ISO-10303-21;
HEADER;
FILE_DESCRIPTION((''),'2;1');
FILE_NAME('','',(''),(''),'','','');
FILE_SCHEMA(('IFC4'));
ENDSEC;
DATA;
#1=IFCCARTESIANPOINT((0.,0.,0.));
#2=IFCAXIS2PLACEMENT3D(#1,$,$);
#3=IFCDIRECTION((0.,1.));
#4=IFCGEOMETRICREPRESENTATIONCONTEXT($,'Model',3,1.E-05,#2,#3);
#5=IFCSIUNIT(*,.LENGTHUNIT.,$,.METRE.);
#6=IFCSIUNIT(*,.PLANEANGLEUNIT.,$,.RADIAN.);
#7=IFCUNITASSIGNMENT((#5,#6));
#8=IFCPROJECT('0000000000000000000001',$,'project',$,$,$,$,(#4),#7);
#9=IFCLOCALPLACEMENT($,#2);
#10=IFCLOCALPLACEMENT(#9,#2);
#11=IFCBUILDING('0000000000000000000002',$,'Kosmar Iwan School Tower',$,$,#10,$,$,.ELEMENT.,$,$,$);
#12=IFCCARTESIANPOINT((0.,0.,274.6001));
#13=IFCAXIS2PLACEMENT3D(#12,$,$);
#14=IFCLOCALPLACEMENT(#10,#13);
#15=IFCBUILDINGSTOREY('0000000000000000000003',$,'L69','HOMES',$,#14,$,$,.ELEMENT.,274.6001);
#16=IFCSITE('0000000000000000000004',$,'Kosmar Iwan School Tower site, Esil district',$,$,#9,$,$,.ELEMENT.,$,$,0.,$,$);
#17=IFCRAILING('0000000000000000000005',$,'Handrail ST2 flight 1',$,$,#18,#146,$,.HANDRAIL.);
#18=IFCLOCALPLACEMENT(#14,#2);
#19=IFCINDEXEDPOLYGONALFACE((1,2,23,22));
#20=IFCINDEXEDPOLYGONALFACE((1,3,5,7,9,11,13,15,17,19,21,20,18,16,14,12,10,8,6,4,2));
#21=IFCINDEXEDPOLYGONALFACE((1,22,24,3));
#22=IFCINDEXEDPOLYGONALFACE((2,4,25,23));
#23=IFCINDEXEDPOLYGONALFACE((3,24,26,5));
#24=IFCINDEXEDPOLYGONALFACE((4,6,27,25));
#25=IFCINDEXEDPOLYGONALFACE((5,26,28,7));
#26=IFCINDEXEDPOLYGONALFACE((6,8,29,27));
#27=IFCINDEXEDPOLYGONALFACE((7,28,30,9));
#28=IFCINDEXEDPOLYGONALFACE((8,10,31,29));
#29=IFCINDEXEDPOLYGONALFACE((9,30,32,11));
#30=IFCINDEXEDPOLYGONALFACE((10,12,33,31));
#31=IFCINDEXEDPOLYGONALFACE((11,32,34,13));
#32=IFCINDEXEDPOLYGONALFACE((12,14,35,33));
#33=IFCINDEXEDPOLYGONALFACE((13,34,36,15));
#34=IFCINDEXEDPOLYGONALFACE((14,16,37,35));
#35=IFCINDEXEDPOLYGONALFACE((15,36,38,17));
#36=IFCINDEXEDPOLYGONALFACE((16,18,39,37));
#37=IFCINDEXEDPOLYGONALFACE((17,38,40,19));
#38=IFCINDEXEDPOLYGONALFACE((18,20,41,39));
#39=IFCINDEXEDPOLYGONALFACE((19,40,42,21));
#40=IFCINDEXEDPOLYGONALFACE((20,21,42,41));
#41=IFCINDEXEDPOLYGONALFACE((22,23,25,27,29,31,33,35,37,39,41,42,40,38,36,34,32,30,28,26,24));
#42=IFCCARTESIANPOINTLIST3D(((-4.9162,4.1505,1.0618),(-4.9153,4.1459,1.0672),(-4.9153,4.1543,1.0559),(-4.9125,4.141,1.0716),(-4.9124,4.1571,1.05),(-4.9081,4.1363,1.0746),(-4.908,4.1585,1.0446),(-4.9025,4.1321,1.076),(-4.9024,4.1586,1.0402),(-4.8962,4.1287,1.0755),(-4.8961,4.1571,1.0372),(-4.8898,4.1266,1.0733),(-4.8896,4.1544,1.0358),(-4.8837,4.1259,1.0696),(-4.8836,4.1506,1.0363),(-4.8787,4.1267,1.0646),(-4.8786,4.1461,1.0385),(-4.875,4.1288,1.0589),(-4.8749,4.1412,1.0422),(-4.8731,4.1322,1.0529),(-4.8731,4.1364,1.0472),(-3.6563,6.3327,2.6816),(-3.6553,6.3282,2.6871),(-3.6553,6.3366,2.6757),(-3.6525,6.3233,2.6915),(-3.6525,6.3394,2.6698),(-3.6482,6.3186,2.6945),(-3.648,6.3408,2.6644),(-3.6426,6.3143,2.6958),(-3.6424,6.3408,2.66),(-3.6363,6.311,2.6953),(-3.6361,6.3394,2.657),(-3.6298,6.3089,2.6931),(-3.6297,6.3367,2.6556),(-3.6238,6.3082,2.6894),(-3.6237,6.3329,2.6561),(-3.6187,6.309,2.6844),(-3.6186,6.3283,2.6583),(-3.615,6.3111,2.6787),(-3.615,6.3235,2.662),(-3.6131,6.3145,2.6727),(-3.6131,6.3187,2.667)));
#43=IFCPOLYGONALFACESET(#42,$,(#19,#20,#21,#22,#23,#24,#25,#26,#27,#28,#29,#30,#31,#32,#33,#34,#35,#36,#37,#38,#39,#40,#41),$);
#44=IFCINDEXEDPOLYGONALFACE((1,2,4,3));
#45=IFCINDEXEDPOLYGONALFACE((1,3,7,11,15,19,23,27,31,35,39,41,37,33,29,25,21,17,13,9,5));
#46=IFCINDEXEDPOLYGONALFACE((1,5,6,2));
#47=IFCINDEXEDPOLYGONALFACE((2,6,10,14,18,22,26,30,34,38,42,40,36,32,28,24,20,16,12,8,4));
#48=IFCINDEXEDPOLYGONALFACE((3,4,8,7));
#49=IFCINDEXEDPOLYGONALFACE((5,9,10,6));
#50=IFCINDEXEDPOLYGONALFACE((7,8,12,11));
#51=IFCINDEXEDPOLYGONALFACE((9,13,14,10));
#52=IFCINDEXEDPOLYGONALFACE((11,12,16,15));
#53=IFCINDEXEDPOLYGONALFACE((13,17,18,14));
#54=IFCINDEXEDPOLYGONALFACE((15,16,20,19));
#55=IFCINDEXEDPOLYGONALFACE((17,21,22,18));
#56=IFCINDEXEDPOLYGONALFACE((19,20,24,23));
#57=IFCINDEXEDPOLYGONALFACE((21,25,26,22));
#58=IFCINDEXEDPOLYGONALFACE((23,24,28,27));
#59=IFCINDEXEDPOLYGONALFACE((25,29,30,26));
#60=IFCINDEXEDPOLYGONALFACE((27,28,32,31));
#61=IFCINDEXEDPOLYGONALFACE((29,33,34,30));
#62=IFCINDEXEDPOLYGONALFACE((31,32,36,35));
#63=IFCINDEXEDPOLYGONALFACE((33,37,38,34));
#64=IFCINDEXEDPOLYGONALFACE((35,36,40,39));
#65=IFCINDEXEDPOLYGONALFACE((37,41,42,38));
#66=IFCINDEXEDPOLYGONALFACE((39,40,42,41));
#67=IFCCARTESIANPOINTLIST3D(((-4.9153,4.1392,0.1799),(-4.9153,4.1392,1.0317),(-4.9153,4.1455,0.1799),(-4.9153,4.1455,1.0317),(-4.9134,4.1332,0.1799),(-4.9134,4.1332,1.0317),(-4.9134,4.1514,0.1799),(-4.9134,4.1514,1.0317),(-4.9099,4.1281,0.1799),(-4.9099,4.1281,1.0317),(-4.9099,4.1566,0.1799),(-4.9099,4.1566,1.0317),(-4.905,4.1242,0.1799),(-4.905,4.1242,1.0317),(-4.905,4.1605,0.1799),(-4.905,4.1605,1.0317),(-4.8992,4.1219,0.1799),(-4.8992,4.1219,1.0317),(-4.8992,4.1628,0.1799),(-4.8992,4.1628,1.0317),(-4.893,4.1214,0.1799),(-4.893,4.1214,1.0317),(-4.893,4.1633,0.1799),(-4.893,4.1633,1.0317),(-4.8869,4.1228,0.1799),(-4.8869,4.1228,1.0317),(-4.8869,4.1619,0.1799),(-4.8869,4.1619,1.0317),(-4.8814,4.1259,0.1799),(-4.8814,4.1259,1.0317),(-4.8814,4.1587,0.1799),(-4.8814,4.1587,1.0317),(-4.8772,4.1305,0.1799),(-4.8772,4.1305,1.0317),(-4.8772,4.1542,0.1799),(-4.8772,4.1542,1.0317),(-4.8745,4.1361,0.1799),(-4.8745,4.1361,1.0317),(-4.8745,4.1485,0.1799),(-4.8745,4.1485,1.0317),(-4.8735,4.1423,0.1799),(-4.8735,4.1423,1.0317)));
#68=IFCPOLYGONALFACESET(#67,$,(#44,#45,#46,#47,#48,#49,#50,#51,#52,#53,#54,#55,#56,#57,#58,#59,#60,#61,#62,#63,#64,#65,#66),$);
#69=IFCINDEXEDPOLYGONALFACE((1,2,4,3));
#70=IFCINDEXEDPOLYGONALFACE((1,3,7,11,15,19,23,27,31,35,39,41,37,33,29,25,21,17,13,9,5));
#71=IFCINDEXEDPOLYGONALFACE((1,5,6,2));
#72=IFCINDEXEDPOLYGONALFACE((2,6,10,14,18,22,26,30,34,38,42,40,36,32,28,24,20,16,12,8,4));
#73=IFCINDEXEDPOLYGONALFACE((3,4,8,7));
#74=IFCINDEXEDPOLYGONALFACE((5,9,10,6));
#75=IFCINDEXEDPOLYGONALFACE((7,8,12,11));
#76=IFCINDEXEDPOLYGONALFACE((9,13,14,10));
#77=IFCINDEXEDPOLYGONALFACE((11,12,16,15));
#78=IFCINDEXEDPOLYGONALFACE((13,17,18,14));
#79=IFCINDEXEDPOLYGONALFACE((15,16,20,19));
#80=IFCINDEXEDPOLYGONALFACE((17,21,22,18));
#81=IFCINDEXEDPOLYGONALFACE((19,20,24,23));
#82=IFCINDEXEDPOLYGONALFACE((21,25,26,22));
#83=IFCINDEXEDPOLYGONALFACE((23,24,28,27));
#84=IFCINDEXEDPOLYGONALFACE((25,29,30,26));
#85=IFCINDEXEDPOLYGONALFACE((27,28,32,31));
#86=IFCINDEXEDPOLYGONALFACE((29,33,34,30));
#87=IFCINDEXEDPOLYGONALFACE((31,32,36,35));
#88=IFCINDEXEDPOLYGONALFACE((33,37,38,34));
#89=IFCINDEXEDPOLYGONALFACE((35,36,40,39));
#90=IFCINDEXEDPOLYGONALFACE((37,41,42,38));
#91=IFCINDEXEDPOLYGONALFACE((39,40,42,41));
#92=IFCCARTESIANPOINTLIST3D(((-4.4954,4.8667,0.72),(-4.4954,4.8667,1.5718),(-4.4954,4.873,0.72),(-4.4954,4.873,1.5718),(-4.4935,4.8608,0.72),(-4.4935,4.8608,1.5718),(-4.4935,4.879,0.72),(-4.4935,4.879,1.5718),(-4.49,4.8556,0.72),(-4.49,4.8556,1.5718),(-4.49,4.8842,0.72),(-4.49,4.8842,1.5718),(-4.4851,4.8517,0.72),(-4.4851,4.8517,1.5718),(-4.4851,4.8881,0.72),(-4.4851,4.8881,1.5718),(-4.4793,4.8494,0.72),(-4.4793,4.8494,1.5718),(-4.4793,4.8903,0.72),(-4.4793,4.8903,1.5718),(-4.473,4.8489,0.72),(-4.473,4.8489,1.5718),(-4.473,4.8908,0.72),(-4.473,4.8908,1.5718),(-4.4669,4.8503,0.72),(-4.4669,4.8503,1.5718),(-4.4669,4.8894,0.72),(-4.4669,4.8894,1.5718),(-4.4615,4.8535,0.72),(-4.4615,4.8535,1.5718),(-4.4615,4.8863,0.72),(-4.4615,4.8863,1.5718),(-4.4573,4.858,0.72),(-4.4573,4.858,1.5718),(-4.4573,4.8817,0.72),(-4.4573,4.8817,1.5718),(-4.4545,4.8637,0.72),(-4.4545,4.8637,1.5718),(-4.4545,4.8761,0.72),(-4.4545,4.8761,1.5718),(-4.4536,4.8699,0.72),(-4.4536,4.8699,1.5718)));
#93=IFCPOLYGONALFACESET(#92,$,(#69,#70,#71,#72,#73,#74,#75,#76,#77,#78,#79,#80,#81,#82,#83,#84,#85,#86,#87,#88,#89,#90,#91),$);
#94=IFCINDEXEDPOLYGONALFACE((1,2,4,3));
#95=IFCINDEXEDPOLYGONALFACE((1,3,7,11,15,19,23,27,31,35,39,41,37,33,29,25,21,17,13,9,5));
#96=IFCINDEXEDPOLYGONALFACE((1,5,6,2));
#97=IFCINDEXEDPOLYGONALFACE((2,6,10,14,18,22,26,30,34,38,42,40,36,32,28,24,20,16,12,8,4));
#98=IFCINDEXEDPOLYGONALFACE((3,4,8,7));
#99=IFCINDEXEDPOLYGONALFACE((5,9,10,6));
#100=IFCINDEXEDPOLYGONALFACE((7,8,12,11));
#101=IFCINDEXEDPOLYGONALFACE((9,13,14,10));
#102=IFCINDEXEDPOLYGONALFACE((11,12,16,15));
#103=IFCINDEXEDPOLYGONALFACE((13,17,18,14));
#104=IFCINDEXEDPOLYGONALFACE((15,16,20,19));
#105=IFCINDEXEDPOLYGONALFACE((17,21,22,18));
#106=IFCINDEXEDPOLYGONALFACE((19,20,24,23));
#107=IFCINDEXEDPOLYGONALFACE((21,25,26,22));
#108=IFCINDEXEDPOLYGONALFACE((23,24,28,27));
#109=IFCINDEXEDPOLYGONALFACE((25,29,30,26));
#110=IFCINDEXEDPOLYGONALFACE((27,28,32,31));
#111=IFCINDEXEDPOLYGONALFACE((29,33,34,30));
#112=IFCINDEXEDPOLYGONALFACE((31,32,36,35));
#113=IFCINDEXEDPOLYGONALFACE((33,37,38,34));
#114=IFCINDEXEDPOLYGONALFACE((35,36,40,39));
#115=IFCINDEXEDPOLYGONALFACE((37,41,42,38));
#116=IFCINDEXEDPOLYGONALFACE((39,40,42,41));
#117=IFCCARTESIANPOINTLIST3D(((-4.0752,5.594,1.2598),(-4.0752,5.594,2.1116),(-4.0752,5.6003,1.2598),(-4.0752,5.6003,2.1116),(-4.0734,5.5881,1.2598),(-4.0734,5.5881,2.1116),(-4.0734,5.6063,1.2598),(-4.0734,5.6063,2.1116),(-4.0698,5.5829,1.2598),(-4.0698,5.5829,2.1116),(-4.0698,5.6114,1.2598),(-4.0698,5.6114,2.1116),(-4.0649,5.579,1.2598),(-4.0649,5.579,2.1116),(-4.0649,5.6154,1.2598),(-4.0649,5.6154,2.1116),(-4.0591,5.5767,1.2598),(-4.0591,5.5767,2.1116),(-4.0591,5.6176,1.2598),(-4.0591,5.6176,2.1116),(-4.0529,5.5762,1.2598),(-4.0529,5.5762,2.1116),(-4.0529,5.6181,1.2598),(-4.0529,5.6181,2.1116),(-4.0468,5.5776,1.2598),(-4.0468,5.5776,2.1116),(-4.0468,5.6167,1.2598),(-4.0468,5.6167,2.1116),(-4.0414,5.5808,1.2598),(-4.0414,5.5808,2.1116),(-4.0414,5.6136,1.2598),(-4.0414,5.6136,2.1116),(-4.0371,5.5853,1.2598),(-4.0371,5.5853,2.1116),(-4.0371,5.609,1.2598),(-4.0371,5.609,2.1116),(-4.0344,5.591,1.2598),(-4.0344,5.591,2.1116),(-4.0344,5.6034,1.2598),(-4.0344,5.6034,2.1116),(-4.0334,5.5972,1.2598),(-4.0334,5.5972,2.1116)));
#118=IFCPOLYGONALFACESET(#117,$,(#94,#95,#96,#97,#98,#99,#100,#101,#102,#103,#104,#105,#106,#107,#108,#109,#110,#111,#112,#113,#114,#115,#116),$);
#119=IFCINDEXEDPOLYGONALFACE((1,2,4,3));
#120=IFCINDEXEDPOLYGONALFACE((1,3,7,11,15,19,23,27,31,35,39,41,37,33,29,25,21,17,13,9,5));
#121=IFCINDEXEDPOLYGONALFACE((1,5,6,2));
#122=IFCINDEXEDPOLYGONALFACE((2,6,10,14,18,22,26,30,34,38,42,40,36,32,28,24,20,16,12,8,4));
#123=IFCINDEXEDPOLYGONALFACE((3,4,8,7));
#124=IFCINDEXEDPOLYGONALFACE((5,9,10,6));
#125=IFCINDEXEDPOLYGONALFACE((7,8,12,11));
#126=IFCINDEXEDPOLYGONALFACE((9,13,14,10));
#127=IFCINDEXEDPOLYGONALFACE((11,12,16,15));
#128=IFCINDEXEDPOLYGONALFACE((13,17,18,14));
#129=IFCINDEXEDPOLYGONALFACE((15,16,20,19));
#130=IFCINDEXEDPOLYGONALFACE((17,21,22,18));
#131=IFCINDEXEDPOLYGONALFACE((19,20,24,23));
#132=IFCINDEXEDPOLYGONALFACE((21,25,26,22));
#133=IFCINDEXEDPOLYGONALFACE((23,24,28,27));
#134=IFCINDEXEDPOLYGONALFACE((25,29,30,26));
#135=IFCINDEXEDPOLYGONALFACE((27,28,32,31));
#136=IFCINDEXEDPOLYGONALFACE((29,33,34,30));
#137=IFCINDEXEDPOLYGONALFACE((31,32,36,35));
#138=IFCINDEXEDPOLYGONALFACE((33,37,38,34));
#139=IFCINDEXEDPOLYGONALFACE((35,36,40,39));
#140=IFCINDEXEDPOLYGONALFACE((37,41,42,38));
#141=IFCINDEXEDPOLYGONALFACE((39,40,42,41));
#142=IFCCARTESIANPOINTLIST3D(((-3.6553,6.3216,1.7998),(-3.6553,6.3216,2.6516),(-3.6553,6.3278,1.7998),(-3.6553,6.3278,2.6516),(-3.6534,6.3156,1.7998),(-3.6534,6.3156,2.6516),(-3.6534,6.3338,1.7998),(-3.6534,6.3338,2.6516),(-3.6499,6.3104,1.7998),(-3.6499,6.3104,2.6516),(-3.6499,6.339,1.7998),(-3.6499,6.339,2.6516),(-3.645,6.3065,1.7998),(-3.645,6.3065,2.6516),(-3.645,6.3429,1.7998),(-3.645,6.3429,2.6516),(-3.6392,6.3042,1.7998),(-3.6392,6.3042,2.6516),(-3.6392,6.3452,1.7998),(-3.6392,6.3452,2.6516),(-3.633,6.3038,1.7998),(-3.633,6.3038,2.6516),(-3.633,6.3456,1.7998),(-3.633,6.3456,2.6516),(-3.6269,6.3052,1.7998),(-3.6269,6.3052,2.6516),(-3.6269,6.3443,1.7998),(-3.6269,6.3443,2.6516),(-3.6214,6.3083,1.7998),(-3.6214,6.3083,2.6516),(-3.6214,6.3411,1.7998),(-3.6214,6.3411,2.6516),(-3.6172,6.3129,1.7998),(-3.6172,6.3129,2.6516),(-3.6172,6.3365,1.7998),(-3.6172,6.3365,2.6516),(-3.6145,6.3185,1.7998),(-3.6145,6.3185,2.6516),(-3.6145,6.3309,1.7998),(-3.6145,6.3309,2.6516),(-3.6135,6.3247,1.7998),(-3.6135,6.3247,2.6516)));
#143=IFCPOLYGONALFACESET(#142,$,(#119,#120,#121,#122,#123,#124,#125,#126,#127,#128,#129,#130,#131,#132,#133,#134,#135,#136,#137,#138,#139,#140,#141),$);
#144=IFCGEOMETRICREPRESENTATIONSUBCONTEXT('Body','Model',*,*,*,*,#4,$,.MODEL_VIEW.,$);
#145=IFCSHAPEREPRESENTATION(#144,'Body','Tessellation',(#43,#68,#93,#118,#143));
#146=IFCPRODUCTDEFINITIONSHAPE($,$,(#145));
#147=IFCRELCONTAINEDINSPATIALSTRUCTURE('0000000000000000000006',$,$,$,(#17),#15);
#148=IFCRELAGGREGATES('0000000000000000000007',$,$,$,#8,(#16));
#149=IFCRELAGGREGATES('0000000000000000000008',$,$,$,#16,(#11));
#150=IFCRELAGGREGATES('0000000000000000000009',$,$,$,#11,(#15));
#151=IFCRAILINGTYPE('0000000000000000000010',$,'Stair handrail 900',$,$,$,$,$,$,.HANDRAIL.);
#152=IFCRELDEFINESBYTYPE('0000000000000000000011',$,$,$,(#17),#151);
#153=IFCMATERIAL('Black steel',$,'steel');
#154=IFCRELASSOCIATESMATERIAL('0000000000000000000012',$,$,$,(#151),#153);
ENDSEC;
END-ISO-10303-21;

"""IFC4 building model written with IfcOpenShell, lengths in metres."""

from ifc_helpers import new_model, si_unit, direction, frame, origin, origin_2d, place, context, subcontext, project, spatial, circle, extrude, material, type_object, element, save


model = new_model("IFC4")

# Units and contexts
model_context = context("Model", 3, precision=1e-05, world=origin(), true_north=direction((0.0, 1.0)))
body_context = subcontext(model_context, "Body", "Model", "MODEL_VIEW")
ifc_project = project(units=[si_unit("LENGTHUNIT", "METRE"), si_unit("PLANEANGLEUNIT", "RADIAN")], contexts=[model_context])

# Site, building, storey
site_placement = place(None, origin())
site = spatial("IfcSite", under=ifc_project, at=site_placement, Name="Kosmar Iwan School Tower site, Esil district", CompositionType="ELEMENT", RefElevation=0.0)
building_placement = place(site_placement, origin())
building = spatial("IfcBuilding", under=site, at=building_placement, Name="Kosmar Iwan School Tower", CompositionType="ELEMENT")
storey_placement = place(building_placement, frame((0.0, 0.0, 274.6001)))
storey = spatial("IfcBuildingStorey", under=building, at=storey_placement, Name="L69", Description="HOMES", CompositionType="ELEMENT", Elevation=274.6001)

# Railing
ifc_material_1 = material(Name="Black steel", Category="steel")
railing_type = type_object("IfcRailingType", Name="Stair handrail 900", PredefinedType="HANDRAIL", material=ifc_material_1)
railing_1_placement = place(storey_placement, frame((-4.8945, 4.1423, 0.1799)))
element("IfcRailing", 1, at=railing_1_placement, inside=storey, type_object=railing_type, Name="Handrail ST2 flight 1", PredefinedType="HANDRAIL", context=body_context, shape_type="SweptSolid", body=[
    extrude(circle(Radius=0.0239, at=origin_2d()), frame((0.0, 0.0, 0.876), z_axis=(0.420603, 0.728496, 0.540728), x_axis=(-0.866023, 0.500005, 0.0)), (0.0, 0.0, 1.0), 2.9956),
    extrude(circle(Radius=0.021, at=origin_2d()), origin(), (0.0, 0.0, 1.0), 0.8518),
    extrude(circle(Radius=0.021, at=origin_2d()), frame((0.4199, 0.7275, 0.54)), (0.0, 0.0, 1.0), 0.8518),
    extrude(circle(Radius=0.021, at=origin_2d()), frame((0.8401, 1.4548, 1.0798)), (0.0, 0.0, 1.0), 0.8518),
    extrude(circle(Radius=0.021, at=origin_2d()), frame((1.26, 2.1824, 1.6199)), (0.0, 0.0, 1.0), 0.8518),
])

save(model, "model.ifc")
